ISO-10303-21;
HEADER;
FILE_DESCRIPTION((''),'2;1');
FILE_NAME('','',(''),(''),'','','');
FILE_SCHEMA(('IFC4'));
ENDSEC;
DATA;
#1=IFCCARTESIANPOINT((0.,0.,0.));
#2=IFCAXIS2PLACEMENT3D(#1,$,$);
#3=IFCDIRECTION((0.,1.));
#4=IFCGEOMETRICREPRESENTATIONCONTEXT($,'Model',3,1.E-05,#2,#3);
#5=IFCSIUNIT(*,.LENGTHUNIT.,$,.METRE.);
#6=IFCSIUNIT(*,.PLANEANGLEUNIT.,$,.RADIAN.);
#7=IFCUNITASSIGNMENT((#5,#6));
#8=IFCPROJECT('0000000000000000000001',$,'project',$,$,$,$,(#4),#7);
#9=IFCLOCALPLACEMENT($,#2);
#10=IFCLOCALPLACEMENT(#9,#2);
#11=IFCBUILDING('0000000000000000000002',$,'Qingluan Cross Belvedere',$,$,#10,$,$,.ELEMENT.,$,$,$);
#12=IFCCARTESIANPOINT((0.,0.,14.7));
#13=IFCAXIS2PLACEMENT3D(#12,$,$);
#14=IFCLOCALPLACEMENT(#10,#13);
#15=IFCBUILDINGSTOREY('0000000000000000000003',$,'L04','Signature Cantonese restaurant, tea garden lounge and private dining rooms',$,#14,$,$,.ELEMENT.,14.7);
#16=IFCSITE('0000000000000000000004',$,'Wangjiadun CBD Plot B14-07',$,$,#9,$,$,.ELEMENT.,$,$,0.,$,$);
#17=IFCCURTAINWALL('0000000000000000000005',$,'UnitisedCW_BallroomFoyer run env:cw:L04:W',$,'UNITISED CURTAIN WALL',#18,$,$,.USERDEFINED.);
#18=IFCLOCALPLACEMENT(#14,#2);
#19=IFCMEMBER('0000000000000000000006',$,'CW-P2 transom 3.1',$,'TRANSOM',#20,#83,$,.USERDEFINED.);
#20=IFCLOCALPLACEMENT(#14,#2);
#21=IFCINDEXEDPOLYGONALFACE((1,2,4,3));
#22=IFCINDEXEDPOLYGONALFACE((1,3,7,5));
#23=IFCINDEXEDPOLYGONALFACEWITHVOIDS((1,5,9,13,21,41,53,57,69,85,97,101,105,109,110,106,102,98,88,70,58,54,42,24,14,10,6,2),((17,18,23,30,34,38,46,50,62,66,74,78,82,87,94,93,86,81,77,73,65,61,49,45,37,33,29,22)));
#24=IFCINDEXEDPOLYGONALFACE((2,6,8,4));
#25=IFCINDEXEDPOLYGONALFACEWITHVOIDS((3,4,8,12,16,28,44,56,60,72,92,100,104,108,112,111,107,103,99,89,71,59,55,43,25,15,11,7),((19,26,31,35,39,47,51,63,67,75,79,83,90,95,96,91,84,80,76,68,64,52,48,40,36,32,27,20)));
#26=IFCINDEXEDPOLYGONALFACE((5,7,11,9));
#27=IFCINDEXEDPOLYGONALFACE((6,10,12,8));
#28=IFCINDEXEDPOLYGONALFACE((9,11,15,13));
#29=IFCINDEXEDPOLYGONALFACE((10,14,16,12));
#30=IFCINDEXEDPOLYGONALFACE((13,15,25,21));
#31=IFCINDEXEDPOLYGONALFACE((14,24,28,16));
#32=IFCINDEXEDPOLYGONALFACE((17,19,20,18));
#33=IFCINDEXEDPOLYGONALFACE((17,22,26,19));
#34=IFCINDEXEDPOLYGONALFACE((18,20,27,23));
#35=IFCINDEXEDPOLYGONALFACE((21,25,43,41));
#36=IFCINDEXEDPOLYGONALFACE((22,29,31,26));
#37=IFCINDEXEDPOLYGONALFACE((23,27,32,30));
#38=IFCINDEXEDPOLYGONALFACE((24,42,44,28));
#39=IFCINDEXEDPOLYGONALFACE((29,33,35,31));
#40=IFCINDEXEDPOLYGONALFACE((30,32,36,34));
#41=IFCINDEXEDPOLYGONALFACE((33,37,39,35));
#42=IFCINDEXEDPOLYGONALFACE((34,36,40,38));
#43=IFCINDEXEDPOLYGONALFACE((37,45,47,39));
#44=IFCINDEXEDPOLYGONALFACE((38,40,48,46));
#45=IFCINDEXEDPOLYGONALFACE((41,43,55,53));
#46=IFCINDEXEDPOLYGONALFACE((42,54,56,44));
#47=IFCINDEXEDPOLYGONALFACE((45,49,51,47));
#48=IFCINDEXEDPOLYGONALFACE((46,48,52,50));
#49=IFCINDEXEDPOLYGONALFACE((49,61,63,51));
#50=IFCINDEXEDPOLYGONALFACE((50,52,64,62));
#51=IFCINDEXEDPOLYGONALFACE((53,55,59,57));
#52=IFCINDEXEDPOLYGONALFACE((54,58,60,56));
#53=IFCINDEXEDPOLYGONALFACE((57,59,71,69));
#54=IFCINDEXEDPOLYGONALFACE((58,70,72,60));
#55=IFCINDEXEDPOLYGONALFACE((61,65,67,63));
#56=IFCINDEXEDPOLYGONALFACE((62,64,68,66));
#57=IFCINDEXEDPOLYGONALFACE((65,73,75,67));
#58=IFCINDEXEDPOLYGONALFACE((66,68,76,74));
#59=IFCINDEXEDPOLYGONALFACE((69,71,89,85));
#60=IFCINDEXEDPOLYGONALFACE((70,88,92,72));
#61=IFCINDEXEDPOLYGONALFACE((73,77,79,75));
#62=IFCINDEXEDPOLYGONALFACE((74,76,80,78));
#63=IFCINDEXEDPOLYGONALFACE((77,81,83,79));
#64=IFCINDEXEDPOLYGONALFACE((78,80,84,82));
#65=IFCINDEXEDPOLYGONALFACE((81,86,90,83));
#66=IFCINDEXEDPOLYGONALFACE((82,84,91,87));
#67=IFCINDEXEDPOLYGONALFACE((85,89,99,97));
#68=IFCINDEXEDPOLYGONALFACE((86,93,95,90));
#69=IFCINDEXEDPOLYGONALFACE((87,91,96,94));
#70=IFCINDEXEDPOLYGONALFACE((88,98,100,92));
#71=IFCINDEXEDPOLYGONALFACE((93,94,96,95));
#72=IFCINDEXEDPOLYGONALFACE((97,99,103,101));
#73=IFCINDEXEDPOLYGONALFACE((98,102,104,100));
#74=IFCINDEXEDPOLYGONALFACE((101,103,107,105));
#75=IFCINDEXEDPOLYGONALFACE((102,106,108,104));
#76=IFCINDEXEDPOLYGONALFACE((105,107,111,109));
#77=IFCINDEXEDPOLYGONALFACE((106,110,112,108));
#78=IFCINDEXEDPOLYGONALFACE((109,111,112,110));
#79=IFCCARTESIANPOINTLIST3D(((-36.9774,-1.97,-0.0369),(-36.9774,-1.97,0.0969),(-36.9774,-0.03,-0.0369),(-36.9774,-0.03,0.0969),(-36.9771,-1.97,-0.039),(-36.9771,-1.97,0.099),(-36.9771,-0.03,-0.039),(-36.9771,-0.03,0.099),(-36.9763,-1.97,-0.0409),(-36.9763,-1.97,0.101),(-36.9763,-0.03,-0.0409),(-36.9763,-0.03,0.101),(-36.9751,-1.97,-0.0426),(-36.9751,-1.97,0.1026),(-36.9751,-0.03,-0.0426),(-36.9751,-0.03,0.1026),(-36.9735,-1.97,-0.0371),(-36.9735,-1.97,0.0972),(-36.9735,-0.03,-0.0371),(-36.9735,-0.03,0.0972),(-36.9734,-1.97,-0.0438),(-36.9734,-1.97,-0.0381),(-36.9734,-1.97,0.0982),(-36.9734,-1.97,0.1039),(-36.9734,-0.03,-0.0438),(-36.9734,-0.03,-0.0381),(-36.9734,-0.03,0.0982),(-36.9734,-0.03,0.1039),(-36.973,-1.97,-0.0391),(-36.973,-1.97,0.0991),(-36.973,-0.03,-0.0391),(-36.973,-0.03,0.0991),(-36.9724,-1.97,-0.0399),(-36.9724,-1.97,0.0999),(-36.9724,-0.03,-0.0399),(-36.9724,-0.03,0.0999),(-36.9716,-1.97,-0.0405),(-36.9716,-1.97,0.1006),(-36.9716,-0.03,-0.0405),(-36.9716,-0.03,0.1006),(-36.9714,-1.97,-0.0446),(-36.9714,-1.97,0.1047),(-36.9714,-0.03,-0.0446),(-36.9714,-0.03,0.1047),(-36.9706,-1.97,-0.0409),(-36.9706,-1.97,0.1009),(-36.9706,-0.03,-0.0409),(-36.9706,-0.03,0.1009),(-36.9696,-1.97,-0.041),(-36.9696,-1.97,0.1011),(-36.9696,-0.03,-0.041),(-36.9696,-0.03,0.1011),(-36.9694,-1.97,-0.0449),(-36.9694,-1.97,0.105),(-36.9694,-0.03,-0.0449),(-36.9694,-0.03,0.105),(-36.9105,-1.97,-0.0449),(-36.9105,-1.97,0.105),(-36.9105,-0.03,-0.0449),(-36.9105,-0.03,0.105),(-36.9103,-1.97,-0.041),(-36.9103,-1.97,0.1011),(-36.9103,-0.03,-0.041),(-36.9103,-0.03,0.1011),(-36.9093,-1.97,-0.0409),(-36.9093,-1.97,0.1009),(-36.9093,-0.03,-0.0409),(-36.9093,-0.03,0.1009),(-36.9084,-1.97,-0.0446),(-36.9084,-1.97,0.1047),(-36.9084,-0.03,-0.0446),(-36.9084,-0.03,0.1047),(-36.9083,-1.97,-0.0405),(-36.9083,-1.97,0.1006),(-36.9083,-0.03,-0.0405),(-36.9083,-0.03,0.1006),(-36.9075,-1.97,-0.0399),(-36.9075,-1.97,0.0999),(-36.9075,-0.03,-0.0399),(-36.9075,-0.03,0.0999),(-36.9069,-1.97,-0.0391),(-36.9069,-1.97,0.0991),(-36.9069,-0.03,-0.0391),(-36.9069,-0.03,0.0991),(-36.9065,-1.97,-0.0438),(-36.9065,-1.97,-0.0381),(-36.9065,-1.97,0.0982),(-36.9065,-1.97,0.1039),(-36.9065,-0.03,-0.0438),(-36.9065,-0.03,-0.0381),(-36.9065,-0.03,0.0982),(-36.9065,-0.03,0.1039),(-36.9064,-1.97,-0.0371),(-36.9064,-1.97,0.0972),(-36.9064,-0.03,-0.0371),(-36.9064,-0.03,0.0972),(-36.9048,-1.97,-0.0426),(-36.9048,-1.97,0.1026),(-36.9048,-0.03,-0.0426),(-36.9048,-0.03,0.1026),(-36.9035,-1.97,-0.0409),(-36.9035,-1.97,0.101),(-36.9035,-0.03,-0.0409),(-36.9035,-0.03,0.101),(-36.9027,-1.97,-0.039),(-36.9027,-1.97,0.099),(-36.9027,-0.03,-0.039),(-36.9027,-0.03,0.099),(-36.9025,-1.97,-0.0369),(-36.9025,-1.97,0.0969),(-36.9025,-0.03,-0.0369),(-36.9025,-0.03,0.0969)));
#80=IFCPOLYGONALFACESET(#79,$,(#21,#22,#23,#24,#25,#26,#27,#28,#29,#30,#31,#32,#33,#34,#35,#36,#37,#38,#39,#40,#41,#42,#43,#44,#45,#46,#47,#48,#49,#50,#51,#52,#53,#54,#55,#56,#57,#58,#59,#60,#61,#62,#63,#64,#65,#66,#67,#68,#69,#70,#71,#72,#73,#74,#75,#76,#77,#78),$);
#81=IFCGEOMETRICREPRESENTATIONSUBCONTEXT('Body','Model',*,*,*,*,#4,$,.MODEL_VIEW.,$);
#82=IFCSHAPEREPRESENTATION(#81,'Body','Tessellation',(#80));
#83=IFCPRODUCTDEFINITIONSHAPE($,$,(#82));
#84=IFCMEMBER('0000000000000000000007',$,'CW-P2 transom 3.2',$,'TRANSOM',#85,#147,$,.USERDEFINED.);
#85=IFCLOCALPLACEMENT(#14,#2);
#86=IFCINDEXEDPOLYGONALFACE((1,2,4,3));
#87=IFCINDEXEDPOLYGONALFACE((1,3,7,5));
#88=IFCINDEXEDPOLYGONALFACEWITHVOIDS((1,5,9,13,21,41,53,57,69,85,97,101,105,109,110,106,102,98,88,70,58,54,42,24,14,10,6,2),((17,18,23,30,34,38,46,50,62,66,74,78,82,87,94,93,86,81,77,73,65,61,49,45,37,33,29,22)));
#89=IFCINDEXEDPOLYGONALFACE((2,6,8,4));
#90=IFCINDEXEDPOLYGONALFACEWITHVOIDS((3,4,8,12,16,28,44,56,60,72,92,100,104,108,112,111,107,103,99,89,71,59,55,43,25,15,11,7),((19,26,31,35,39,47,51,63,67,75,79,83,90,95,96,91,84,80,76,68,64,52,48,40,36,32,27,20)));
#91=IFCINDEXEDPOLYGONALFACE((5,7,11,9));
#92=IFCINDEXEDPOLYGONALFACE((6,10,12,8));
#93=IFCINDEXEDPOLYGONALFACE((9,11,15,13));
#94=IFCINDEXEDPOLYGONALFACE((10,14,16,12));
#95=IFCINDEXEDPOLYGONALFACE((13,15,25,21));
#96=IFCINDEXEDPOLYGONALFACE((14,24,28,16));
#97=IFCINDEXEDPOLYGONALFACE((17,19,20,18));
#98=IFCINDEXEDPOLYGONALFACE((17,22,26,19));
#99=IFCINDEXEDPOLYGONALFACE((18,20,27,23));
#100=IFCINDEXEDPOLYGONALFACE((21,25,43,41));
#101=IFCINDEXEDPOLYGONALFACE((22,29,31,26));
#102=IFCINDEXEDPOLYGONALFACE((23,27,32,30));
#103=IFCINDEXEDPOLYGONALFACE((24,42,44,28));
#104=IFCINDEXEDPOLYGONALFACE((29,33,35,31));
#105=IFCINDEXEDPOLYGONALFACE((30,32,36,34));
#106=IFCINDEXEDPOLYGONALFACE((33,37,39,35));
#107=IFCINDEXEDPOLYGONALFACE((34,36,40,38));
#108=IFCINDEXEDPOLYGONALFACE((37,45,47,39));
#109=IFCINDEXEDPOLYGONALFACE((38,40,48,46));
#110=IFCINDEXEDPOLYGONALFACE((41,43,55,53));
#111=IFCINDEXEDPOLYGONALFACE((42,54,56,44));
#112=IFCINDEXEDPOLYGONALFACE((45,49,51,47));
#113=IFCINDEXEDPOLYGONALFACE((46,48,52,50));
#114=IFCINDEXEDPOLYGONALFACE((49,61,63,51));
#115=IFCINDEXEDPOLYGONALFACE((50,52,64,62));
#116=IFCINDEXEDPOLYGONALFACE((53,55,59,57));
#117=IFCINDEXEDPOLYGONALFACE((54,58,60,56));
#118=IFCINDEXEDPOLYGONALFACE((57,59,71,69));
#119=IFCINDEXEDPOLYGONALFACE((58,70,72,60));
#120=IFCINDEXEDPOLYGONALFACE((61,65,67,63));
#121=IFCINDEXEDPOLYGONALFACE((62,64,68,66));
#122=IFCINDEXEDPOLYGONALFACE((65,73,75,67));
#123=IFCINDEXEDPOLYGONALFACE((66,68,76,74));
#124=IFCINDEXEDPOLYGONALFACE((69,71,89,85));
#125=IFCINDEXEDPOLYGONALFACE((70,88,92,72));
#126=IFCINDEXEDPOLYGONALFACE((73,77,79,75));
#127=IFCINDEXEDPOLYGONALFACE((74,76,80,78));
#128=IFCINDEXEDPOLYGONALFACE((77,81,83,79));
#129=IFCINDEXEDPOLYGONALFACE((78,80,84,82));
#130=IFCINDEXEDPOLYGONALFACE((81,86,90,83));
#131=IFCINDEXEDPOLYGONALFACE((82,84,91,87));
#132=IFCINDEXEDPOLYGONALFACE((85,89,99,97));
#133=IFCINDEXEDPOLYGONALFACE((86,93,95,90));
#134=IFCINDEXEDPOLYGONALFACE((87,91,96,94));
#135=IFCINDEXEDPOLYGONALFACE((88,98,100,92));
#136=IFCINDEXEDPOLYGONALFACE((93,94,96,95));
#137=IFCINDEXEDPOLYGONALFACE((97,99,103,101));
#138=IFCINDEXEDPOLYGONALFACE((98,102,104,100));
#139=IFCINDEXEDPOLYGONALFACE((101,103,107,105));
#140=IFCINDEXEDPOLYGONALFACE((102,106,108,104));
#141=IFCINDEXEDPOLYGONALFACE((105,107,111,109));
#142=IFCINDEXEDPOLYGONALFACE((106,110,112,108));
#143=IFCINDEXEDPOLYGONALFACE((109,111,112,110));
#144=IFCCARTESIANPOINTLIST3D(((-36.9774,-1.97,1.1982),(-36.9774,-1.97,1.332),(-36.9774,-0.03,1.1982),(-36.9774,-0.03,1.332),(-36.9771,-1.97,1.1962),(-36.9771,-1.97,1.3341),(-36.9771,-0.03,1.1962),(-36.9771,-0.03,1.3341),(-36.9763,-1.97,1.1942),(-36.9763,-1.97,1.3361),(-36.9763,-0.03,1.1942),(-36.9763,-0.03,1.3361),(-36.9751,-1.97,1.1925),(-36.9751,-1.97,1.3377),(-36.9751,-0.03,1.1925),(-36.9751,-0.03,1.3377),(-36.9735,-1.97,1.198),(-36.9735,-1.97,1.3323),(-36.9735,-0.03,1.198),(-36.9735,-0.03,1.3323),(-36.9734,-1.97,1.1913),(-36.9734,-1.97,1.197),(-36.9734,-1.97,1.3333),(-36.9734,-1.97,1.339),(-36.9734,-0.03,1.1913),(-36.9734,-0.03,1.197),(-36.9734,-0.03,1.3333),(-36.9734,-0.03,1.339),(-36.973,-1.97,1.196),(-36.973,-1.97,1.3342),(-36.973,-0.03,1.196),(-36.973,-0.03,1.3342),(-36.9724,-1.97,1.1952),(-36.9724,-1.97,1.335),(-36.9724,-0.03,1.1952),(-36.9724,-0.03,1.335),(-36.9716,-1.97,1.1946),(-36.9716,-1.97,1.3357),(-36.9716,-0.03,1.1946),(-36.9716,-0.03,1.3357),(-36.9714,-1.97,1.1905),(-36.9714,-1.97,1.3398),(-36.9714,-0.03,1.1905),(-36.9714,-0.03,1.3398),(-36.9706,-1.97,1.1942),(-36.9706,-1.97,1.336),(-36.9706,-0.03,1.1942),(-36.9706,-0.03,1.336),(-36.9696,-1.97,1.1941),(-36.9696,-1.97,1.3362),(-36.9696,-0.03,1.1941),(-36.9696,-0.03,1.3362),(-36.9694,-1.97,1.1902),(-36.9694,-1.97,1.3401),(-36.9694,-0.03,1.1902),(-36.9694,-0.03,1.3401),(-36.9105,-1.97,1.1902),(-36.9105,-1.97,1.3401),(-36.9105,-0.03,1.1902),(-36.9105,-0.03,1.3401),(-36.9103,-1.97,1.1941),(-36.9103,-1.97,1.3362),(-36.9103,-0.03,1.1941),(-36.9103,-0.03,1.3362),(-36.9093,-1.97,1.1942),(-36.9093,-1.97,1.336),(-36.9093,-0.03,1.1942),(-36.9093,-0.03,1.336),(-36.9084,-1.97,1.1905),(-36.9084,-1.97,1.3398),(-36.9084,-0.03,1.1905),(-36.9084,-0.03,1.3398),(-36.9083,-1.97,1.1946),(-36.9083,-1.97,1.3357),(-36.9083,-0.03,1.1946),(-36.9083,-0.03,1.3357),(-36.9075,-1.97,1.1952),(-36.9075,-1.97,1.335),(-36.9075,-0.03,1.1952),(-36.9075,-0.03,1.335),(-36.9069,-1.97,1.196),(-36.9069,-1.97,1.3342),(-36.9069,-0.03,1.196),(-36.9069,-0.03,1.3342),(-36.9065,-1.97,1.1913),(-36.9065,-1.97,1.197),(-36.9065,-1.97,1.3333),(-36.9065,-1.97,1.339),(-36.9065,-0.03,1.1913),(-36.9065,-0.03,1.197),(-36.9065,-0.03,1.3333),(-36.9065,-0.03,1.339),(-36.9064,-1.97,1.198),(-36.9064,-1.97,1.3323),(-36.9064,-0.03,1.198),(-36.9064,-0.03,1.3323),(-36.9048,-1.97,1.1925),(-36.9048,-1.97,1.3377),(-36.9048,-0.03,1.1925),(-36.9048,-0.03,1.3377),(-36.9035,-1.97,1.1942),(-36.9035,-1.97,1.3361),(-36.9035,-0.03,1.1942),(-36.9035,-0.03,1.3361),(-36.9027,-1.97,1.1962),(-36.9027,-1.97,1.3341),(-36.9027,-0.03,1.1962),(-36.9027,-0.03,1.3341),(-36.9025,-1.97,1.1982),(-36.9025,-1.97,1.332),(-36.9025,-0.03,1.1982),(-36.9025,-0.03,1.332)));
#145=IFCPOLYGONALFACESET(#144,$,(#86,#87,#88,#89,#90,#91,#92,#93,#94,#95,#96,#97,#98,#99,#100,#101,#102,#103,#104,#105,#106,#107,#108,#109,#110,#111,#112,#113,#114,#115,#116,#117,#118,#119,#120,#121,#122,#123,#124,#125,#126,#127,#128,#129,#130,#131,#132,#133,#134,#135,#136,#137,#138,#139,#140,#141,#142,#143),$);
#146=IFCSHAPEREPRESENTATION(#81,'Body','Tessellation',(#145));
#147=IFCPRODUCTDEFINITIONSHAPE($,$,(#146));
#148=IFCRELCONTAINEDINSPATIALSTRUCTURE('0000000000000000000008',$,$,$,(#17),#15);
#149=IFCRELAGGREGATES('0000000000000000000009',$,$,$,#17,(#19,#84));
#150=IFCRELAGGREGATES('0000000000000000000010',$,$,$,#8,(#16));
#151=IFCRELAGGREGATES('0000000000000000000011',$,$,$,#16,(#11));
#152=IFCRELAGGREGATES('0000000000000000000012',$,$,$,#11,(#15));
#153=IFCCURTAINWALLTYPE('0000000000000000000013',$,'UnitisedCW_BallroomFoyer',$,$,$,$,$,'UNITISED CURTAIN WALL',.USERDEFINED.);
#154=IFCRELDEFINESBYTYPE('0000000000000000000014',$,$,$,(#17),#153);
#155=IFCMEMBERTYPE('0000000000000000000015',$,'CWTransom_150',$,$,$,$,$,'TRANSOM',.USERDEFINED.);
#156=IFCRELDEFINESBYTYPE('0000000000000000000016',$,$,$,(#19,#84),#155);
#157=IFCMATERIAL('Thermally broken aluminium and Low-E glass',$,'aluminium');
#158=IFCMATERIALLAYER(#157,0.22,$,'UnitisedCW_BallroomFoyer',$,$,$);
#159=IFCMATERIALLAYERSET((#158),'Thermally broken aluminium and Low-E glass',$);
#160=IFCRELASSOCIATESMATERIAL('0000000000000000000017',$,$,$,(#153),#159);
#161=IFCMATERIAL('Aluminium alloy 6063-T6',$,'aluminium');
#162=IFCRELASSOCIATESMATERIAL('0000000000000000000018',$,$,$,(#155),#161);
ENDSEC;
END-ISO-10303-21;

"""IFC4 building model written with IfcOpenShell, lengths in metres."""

from ifc_helpers import new_model, si_unit, direction, frame, origin, origin_2d, place, context, subcontext, project, spatial, hollow_rectangle, extrude, material, layer, layer_set, material_profile, profile_set, type_object, element, aggregate, save


model = new_model("IFC4")

# Units and contexts
model_context = context("Model", 3, precision=1e-05, world=origin(), true_north=direction((0.0, 1.0)))
body_context = subcontext(model_context, "Body", "Model", "MODEL_VIEW")
ifc_project = project(units=[si_unit("LENGTHUNIT", "METRE"), si_unit("PLANEANGLEUNIT", "RADIAN")], contexts=[model_context])

# Site, building, storey
site_placement = place(None, origin())
site = spatial("IfcSite", under=ifc_project, at=site_placement, Name="Wangjiadun CBD Plot B14-07", CompositionType="ELEMENT", RefElevation=0.0)
building_placement = place(site_placement, origin())
building = spatial("IfcBuilding", under=site, at=building_placement, Name="Qingluan Cross Belvedere", CompositionType="ELEMENT")
storey_placement = place(building_placement, frame((0.0, 0.0, 14.7)))
storey = spatial("IfcBuildingStorey", under=building, at=storey_placement, Name="L04", Description="Signature Cantonese restaurant, tea garden lounge and private dining rooms", CompositionType="ELEMENT", Elevation=14.7)

# Curtain wall, members
ifc_material_1 = material(Name="Thermally broken aluminium and Low-E glass", Category="aluminium")
ifc_layer_1 = layer(ifc_material_1, 0.22, Name="UnitisedCW_BallroomFoyer")
ifc_layer_set_1 = layer_set([ifc_layer_1], Name="Thermally broken aluminium and Low-E glass")
curtain_wall_type = type_object("IfcCurtainWallType", Name="UnitisedCW_BallroomFoyer", ElementType="UNITISED CURTAIN WALL", PredefinedType="USERDEFINED", material=ifc_layer_set_1)
curtain_wall_placement = place(storey_placement, origin())
curtain_wall = element("IfcCurtainWall", 1, at=curtain_wall_placement, inside=storey, type_object=curtain_wall_type, Name="UnitisedCW_BallroomFoyer run env:cw:L04:W", ObjectType="UNITISED CURTAIN WALL", PredefinedType="USERDEFINED")
ifc_material_2 = material(Name="Aluminium alloy 6063-T6", Category="aluminium")
ifc_material_profile_1 = material_profile(ifc_material_2, hollow_rectangle(XDim=0.075, YDim=0.1499, WallThickness=0.0039, InnerFilletRadius=0.0039, OuterFilletRadius=0.0081, at=origin_2d()), Name="CWT150x75x4")
ifc_profile_set_1 = profile_set([ifc_material_profile_1], Name="Aluminium alloy 6063-T6")
member_type_1 = type_object("IfcMemberType", Name="CWTransom_150", ElementType="TRANSOM", PredefinedType="USERDEFINED", material=ifc_profile_set_1)
member_1_placement = place(storey_placement, frame((-36.9399, -1.97, 0.03), z_axis=(0.0, 1.0, 0.0), x_axis=(-1.0, 0.0, 0.0)))
member_1 = element("IfcMember", 2, at=member_1_placement, type_object=member_type_1, Name="CW-P2 transom 3.1", ObjectType="TRANSOM", PredefinedType="USERDEFINED", context=body_context, shape_type="SweptSolid", body=[
    extrude(hollow_rectangle(XDim=0.075, YDim=0.1499, WallThickness=0.0039, InnerFilletRadius=0.0039, OuterFilletRadius=0.0081, at=origin_2d()), origin(), (0.0, 0.0, 1.0), 1.9399),
])
member_2_placement = place(storey_placement, frame((-36.9399, -1.97, 1.2651), z_axis=(0.0, 1.0, 0.0), x_axis=(-1.0, 0.0, 0.0)))
member_2 = element("IfcMember", 3, at=member_2_placement, type_object=member_type_1, Name="CW-P2 transom 3.2", ObjectType="TRANSOM", PredefinedType="USERDEFINED", context=body_context, shape_type="SweptSolid", body=[
    extrude(hollow_rectangle(XDim=0.075, YDim=0.1499, WallThickness=0.0039, InnerFilletRadius=0.0039, OuterFilletRadius=0.0081, at=origin_2d()), origin(), (0.0, 0.0, 1.0), 1.9399),
])

aggregate(curtain_wall, [member_1, member_2])

save(model, "model.ifc")
